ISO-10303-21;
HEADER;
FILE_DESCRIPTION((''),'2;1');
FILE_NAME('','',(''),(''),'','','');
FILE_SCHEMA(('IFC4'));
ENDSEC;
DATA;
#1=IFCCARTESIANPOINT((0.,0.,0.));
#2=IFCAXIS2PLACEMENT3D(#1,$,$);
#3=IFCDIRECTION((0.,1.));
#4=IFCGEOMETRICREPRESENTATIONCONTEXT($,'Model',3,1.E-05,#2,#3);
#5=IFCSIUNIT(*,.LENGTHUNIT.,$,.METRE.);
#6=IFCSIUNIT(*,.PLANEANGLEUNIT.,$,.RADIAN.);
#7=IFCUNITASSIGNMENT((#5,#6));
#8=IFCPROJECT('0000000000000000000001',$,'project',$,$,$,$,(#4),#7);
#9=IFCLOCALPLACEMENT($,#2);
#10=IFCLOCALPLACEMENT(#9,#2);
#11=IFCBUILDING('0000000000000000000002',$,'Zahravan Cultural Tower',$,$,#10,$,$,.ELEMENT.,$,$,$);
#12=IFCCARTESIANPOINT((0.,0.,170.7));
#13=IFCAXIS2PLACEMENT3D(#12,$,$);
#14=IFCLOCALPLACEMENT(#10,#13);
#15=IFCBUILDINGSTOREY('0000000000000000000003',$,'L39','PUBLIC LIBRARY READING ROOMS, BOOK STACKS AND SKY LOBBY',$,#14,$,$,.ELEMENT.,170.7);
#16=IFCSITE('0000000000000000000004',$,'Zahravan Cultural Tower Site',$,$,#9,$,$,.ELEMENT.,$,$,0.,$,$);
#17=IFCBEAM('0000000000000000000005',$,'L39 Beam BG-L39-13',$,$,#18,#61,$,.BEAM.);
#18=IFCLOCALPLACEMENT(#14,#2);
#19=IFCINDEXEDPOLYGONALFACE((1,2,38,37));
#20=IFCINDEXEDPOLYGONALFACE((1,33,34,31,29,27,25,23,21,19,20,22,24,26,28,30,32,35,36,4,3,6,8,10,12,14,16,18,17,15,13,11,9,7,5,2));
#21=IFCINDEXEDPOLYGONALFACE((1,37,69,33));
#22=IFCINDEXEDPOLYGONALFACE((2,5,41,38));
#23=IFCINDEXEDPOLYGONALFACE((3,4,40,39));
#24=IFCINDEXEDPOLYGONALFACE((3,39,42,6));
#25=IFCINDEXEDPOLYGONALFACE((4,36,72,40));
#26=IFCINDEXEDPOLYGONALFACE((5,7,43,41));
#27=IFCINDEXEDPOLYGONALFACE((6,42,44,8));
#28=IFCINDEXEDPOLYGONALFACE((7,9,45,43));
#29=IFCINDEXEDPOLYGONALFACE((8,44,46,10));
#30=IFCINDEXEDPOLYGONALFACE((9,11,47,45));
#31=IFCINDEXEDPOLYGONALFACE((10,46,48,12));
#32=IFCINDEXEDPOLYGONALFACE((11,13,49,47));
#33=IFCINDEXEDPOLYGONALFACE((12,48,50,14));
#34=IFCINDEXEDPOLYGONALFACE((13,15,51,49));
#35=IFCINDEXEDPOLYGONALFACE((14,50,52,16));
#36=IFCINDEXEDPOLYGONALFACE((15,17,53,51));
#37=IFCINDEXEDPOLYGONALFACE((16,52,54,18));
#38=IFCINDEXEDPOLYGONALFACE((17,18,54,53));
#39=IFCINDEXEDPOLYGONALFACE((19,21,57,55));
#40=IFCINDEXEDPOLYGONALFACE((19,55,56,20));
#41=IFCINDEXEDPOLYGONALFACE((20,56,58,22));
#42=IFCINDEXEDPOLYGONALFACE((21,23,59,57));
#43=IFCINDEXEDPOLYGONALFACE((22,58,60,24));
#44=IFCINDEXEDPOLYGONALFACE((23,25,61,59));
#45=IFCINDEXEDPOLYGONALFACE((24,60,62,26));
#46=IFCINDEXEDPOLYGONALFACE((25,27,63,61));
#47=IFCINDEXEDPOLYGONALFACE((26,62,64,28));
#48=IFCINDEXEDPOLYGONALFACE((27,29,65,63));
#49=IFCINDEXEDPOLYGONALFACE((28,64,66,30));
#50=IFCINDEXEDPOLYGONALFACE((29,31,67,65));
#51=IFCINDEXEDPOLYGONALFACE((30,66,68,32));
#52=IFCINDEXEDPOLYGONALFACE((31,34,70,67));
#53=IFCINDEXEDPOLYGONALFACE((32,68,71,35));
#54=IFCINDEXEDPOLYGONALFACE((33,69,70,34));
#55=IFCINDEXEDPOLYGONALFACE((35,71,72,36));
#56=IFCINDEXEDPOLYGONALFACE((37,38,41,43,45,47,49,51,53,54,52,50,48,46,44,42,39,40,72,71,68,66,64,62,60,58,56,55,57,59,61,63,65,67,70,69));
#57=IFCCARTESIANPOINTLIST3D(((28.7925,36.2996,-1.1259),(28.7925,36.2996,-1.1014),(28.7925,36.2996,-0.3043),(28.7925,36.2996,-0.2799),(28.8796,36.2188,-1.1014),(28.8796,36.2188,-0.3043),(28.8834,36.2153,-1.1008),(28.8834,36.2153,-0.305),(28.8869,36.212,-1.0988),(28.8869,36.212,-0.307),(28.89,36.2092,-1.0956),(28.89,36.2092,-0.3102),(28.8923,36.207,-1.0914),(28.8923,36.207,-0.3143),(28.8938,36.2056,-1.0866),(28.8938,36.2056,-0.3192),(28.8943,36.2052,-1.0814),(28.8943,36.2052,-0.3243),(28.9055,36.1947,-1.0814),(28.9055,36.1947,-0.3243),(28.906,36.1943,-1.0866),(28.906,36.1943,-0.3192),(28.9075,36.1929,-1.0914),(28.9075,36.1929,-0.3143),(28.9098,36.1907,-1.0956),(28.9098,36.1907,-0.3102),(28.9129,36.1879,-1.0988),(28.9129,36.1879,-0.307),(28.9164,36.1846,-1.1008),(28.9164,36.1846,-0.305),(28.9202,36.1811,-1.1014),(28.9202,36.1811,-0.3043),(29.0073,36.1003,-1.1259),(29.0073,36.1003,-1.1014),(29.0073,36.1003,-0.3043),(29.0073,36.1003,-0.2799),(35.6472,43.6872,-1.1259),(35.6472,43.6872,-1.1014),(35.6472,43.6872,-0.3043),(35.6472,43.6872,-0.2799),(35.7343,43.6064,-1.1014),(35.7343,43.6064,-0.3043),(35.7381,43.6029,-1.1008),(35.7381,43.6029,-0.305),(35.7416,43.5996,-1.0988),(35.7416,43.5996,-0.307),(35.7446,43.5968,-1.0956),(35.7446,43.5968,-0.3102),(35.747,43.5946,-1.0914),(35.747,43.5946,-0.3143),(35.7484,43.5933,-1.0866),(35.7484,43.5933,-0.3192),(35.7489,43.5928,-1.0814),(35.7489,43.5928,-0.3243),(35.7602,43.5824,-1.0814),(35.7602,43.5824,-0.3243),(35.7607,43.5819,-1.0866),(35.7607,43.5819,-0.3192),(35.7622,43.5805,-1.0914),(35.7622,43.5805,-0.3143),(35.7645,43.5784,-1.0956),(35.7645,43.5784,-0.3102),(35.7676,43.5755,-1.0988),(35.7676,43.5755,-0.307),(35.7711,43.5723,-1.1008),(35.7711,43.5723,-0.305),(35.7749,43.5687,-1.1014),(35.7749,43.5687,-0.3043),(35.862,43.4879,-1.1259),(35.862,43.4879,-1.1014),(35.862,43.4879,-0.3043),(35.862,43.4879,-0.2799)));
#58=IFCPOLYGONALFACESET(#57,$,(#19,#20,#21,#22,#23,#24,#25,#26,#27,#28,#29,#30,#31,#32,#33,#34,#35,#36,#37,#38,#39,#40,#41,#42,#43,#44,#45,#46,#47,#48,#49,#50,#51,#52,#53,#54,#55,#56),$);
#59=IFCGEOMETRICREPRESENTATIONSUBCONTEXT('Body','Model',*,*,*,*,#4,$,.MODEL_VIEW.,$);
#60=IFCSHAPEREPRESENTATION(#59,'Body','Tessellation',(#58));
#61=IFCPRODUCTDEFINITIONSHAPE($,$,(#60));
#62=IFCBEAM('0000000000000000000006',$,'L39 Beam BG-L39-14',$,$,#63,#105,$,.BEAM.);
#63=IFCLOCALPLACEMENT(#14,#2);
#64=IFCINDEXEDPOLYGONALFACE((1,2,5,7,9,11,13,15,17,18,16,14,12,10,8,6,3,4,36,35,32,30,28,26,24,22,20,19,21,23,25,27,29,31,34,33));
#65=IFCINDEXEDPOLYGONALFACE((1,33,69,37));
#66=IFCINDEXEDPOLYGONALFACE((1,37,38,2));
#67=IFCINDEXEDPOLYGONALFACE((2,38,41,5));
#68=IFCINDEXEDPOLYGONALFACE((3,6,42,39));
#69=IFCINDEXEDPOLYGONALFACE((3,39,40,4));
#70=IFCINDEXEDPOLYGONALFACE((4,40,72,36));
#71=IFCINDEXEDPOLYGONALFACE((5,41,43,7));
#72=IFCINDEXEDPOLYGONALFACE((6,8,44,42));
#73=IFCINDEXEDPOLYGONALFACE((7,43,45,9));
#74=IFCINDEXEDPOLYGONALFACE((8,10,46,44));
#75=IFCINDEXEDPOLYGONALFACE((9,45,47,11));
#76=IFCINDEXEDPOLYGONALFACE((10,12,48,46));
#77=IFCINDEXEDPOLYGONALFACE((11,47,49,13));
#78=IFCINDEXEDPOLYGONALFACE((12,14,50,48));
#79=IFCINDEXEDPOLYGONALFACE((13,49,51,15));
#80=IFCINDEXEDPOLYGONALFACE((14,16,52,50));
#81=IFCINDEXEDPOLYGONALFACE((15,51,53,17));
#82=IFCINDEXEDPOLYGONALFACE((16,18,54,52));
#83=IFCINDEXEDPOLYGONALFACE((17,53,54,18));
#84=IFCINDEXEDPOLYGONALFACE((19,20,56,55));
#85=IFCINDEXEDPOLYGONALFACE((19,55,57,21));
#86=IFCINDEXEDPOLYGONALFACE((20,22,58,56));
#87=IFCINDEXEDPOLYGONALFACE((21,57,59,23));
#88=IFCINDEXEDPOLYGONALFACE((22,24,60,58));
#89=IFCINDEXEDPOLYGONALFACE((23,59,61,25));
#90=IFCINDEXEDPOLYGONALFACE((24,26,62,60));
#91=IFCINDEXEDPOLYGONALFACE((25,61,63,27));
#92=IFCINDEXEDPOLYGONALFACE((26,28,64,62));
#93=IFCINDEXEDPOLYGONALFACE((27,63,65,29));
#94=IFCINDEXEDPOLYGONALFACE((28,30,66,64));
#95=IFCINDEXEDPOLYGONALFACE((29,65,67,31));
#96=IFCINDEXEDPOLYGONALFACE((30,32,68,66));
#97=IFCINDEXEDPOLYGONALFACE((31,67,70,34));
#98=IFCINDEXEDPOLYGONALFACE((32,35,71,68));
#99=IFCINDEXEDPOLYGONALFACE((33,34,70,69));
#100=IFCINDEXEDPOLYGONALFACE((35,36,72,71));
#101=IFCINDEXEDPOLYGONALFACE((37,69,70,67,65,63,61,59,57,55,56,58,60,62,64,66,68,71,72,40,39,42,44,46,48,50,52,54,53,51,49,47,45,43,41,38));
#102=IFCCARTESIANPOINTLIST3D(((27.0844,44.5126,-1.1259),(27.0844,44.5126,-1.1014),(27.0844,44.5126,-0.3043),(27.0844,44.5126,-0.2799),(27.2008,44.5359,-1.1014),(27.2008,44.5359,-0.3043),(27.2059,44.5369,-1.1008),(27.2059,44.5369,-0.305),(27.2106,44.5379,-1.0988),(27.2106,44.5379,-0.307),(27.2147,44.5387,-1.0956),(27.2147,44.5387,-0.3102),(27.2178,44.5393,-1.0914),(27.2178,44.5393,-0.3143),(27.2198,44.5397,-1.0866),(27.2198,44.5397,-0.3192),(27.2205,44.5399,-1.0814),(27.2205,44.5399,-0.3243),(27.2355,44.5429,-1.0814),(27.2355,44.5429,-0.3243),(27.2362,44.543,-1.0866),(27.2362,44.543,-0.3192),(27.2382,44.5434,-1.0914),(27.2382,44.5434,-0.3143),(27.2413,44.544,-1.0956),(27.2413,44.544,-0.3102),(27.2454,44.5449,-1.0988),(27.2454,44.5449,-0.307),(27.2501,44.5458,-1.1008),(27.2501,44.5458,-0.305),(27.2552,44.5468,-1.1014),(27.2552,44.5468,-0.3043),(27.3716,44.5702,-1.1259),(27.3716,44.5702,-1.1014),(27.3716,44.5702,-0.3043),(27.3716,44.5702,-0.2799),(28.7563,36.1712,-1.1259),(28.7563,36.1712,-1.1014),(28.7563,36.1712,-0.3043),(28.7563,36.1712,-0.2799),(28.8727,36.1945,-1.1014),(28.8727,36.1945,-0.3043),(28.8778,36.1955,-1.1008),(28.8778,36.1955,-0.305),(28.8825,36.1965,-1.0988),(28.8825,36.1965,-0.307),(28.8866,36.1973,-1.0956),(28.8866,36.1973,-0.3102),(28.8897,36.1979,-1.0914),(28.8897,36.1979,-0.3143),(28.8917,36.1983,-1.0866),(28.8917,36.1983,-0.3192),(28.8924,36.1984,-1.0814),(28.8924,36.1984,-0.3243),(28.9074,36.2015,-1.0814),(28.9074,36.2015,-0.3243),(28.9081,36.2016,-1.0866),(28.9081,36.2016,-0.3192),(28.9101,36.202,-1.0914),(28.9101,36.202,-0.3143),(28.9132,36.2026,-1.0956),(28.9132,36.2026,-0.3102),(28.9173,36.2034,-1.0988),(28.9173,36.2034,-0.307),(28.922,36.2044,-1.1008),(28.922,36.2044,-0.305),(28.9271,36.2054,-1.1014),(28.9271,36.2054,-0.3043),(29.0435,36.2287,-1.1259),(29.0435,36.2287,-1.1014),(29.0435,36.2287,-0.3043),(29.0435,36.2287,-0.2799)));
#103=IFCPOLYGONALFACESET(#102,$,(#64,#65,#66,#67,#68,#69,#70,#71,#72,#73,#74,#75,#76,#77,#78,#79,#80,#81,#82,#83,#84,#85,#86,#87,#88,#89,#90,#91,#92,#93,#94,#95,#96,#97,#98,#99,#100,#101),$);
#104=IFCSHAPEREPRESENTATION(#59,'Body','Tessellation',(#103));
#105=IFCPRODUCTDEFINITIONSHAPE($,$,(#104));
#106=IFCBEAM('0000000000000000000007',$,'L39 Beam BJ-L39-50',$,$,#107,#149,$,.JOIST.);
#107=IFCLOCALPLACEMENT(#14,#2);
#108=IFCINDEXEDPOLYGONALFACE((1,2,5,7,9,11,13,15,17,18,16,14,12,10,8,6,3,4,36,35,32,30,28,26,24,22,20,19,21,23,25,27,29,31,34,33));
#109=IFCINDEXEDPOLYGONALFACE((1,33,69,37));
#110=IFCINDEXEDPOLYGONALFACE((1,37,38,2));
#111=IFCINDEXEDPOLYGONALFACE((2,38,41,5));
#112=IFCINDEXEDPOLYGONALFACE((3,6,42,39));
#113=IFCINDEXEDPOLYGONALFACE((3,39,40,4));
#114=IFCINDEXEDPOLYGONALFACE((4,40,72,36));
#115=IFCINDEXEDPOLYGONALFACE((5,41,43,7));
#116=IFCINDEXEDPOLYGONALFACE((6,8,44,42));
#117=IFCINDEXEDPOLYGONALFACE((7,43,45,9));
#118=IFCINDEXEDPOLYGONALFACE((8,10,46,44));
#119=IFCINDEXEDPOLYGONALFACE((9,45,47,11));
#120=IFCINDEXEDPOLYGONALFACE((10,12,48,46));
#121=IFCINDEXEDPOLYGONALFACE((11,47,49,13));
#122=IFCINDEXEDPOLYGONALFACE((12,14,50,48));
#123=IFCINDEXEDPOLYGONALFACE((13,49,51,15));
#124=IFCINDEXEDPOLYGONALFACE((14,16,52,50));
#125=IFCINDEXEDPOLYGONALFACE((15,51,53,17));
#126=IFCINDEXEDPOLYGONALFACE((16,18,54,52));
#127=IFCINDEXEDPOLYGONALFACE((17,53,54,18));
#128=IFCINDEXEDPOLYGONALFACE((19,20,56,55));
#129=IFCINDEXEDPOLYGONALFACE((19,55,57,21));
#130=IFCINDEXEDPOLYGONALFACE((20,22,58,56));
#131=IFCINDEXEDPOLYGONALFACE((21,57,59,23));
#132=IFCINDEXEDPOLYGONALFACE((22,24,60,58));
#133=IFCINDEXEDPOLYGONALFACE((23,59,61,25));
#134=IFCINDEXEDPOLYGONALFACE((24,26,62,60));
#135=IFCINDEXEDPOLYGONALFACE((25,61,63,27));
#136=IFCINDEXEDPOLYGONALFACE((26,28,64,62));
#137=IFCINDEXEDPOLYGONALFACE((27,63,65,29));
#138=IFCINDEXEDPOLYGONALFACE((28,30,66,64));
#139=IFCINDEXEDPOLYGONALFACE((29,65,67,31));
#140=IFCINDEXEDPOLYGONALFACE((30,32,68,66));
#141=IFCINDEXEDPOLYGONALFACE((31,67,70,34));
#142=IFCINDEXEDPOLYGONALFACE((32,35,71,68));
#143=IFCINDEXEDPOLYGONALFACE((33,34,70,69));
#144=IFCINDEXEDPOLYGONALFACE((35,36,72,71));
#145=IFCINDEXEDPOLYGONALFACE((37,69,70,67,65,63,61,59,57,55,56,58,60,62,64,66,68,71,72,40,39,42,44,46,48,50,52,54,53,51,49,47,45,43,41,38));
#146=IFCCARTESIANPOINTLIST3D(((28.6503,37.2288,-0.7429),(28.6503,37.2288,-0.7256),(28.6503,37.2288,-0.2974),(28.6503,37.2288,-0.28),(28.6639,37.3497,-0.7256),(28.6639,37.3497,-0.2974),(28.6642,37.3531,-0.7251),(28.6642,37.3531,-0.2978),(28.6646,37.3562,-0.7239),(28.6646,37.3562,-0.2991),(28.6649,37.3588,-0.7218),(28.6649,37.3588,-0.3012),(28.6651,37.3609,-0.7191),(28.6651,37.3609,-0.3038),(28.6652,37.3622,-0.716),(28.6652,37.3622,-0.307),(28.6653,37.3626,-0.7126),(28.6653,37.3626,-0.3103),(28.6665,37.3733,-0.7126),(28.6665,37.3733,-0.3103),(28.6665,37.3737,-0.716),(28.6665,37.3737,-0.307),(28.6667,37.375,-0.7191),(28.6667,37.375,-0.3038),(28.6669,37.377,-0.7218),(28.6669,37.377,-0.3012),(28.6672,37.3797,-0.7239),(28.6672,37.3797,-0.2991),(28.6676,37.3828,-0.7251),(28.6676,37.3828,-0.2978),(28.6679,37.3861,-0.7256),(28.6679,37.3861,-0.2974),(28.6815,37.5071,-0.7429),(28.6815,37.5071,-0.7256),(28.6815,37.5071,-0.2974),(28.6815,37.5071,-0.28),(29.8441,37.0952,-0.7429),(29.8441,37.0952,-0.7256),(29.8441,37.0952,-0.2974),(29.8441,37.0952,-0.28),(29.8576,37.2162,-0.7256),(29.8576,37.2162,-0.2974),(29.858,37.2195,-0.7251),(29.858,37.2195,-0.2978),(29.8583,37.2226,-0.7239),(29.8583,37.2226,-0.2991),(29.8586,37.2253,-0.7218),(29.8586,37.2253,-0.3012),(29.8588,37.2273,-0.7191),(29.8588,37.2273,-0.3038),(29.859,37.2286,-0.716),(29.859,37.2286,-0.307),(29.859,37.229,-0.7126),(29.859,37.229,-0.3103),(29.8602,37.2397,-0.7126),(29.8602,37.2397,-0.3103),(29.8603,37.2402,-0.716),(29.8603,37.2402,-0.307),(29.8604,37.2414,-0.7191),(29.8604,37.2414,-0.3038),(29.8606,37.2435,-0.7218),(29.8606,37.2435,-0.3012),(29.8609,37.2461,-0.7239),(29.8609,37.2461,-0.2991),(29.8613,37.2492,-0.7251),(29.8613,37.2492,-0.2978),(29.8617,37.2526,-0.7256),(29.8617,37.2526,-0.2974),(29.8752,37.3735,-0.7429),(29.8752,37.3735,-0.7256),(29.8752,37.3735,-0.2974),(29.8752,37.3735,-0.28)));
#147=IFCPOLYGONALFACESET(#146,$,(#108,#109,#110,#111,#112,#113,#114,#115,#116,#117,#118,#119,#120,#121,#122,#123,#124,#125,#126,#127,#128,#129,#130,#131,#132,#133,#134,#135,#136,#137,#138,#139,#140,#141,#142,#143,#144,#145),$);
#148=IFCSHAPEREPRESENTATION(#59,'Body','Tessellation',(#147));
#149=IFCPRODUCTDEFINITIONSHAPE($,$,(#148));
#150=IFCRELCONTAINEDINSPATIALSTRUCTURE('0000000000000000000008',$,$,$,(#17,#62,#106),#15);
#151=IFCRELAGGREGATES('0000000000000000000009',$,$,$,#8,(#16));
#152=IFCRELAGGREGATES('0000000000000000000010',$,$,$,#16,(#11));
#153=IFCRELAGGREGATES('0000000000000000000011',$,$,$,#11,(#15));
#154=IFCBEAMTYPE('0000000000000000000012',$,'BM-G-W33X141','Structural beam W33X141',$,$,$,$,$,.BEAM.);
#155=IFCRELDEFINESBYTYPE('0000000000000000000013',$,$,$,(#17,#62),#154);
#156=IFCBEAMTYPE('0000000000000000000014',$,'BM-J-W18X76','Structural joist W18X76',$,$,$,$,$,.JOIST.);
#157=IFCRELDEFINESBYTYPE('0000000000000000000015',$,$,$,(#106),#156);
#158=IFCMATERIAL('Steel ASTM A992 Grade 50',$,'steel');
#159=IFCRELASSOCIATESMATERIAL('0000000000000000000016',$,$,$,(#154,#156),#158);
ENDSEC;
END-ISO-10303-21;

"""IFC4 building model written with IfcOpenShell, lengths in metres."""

from ifc_helpers import new_model, si_unit, direction, frame, origin, origin_2d, place, context, subcontext, project, spatial, i_section, extrude, source, transform, mapped, material, material_profile, profile_set, type_object, element, save


model = new_model("IFC4")

# Units and contexts
model_context = context("Model", 3, precision=1e-05, world=origin(), true_north=direction((0.0, 1.0)))
body_context = subcontext(model_context, "Body", "Model", "MODEL_VIEW")
ifc_project = project(units=[si_unit("LENGTHUNIT", "METRE"), si_unit("PLANEANGLEUNIT", "RADIAN")], contexts=[model_context])

# Site, building, storey
site_placement = place(None, origin())
site = spatial("IfcSite", under=ifc_project, at=site_placement, Name="Zahravan Cultural Tower Site", CompositionType="ELEMENT", RefElevation=0.0)
building_placement = place(site_placement, origin())
building = spatial("IfcBuilding", under=site, at=building_placement, Name="Zahravan Cultural Tower", CompositionType="ELEMENT")
storey_placement = place(building_placement, frame((0.0, 0.0, 170.7)))
storey = spatial("IfcBuildingStorey", under=building, at=storey_placement, Name="L39", Description="PUBLIC LIBRARY READING ROOMS, BOOK STACKS AND SKY LOBBY", CompositionType="ELEMENT", Elevation=170.7)

# Shared definitions
ifc_material_1 = material(Name="Steel ASTM A992 Grade 50", Category="steel")

# Beams
ifc_material_profile_1 = material_profile(ifc_material_1, i_section(OverallWidth=0.293, OverallDepth=0.8459, WebThickness=0.0154, FlangeThickness=0.0244, FilletRadius=0.02, at=origin_2d()), Name="W33X141")
ifc_profile_set_1 = profile_set([ifc_material_profile_1], Name="Steel ASTM A992 Grade 50")
beam_type_1 = type_object("IfcBeamType", Name="BM-G-W33X141", Description="Structural beam W33X141", PredefinedType="BEAM", material=ifc_profile_set_1)
shared_shape_1 = source(origin(), body_context, "Body", "SweptSolid", [
    extrude(i_section(OverallWidth=0.293, OverallDepth=0.8459, WebThickness=0.0154, FlangeThickness=0.0244, FilletRadius=0.02, at=origin_2d()), origin(), (0.0, 0.0, 1.0), 10.0779),
])
beam_1_placement = place(storey_placement, frame((28.8999, 36.2, -0.7029), z_axis=(0.68017, 0.733054, 0.0), x_axis=(-0.733054, 0.68017, 0.0)))
element("IfcBeam", 1, at=beam_1_placement, inside=storey, type_object=beam_type_1, Name="L39 Beam BG-L39-13", PredefinedType="BEAM", context=body_context, shape_type="MappedRepresentation", body=[
    mapped(shared_shape_1, transform((0.0, 0.0, 0.0), x_axis=(1.0, 0.0, 0.0), y_axis=(0.0, 1.0, 0.0), z_axis=(0.0, 0.0, 1.0), scale=1.0)),
])
shared_shape_2 = source(origin(), body_context, "Body", "SweptSolid", [
    extrude(i_section(OverallWidth=0.293, OverallDepth=0.8459, WebThickness=0.0154, FlangeThickness=0.0244, FilletRadius=0.02, at=origin_2d()), origin(), (0.0, 0.0, 1.0), 8.5073),
])
beam_2_placement = place(storey_placement, frame((28.8999, 36.2, -0.7029), z_axis=(-0.196525, 0.980499, 0.0), x_axis=(-0.980499, -0.196525, 0.0)))
element("IfcBeam", 2, at=beam_2_placement, inside=storey, type_object=beam_type_1, Name="L39 Beam BG-L39-14", PredefinedType="BEAM", context=body_context, shape_type="MappedRepresentation", body=[
    mapped(shared_shape_2, transform((0.0, 0.0, 0.0), x_axis=(1.0, 0.0, 0.0), y_axis=(0.0, 1.0, 0.0), z_axis=(0.0, 0.0, 1.0), scale=1.0)),
])
ifc_material_profile_2 = material_profile(ifc_material_1, i_section(OverallWidth=0.28, OverallDepth=0.4629, WebThickness=0.0107, FlangeThickness=0.0173, FilletRadius=0.0129, at=origin_2d()), Name="W18X76")
ifc_profile_set_2 = profile_set([ifc_material_profile_2], Name="Steel ASTM A992 Grade 50")
beam_type_2 = type_object("IfcBeamType", Name="BM-J-W18X76", Description="Structural joist W18X76", PredefinedType="JOIST", material=ifc_profile_set_2)
shared_shape_3 = source(origin(), body_context, "Body", "SweptSolid", [
    extrude(i_section(OverallWidth=0.28, OverallDepth=0.4629, WebThickness=0.0107, FlangeThickness=0.0173, FilletRadius=0.0129, at=origin_2d()), origin(), (0.0, 0.0, 1.0), 1.2012),
])
beam_3_placement = place(storey_placement, frame((29.8596, 37.2344, -0.5115), z_axis=(-0.993799, 0.11119, 0.0), x_axis=(-0.11119, -0.993799, 0.0)))
element("IfcBeam", 3, at=beam_3_placement, inside=storey, type_object=beam_type_2, Name="L39 Beam BJ-L39-50", PredefinedType="JOIST", context=body_context, shape_type="MappedRepresentation", body=[
    mapped(shared_shape_3, transform((0.0, 0.0, 0.0), x_axis=(1.0, 0.0, 0.0), y_axis=(0.0, 1.0, 0.0), z_axis=(0.0, 0.0, 1.0), scale=1.0)),
])

save(model, "model.ifc")
